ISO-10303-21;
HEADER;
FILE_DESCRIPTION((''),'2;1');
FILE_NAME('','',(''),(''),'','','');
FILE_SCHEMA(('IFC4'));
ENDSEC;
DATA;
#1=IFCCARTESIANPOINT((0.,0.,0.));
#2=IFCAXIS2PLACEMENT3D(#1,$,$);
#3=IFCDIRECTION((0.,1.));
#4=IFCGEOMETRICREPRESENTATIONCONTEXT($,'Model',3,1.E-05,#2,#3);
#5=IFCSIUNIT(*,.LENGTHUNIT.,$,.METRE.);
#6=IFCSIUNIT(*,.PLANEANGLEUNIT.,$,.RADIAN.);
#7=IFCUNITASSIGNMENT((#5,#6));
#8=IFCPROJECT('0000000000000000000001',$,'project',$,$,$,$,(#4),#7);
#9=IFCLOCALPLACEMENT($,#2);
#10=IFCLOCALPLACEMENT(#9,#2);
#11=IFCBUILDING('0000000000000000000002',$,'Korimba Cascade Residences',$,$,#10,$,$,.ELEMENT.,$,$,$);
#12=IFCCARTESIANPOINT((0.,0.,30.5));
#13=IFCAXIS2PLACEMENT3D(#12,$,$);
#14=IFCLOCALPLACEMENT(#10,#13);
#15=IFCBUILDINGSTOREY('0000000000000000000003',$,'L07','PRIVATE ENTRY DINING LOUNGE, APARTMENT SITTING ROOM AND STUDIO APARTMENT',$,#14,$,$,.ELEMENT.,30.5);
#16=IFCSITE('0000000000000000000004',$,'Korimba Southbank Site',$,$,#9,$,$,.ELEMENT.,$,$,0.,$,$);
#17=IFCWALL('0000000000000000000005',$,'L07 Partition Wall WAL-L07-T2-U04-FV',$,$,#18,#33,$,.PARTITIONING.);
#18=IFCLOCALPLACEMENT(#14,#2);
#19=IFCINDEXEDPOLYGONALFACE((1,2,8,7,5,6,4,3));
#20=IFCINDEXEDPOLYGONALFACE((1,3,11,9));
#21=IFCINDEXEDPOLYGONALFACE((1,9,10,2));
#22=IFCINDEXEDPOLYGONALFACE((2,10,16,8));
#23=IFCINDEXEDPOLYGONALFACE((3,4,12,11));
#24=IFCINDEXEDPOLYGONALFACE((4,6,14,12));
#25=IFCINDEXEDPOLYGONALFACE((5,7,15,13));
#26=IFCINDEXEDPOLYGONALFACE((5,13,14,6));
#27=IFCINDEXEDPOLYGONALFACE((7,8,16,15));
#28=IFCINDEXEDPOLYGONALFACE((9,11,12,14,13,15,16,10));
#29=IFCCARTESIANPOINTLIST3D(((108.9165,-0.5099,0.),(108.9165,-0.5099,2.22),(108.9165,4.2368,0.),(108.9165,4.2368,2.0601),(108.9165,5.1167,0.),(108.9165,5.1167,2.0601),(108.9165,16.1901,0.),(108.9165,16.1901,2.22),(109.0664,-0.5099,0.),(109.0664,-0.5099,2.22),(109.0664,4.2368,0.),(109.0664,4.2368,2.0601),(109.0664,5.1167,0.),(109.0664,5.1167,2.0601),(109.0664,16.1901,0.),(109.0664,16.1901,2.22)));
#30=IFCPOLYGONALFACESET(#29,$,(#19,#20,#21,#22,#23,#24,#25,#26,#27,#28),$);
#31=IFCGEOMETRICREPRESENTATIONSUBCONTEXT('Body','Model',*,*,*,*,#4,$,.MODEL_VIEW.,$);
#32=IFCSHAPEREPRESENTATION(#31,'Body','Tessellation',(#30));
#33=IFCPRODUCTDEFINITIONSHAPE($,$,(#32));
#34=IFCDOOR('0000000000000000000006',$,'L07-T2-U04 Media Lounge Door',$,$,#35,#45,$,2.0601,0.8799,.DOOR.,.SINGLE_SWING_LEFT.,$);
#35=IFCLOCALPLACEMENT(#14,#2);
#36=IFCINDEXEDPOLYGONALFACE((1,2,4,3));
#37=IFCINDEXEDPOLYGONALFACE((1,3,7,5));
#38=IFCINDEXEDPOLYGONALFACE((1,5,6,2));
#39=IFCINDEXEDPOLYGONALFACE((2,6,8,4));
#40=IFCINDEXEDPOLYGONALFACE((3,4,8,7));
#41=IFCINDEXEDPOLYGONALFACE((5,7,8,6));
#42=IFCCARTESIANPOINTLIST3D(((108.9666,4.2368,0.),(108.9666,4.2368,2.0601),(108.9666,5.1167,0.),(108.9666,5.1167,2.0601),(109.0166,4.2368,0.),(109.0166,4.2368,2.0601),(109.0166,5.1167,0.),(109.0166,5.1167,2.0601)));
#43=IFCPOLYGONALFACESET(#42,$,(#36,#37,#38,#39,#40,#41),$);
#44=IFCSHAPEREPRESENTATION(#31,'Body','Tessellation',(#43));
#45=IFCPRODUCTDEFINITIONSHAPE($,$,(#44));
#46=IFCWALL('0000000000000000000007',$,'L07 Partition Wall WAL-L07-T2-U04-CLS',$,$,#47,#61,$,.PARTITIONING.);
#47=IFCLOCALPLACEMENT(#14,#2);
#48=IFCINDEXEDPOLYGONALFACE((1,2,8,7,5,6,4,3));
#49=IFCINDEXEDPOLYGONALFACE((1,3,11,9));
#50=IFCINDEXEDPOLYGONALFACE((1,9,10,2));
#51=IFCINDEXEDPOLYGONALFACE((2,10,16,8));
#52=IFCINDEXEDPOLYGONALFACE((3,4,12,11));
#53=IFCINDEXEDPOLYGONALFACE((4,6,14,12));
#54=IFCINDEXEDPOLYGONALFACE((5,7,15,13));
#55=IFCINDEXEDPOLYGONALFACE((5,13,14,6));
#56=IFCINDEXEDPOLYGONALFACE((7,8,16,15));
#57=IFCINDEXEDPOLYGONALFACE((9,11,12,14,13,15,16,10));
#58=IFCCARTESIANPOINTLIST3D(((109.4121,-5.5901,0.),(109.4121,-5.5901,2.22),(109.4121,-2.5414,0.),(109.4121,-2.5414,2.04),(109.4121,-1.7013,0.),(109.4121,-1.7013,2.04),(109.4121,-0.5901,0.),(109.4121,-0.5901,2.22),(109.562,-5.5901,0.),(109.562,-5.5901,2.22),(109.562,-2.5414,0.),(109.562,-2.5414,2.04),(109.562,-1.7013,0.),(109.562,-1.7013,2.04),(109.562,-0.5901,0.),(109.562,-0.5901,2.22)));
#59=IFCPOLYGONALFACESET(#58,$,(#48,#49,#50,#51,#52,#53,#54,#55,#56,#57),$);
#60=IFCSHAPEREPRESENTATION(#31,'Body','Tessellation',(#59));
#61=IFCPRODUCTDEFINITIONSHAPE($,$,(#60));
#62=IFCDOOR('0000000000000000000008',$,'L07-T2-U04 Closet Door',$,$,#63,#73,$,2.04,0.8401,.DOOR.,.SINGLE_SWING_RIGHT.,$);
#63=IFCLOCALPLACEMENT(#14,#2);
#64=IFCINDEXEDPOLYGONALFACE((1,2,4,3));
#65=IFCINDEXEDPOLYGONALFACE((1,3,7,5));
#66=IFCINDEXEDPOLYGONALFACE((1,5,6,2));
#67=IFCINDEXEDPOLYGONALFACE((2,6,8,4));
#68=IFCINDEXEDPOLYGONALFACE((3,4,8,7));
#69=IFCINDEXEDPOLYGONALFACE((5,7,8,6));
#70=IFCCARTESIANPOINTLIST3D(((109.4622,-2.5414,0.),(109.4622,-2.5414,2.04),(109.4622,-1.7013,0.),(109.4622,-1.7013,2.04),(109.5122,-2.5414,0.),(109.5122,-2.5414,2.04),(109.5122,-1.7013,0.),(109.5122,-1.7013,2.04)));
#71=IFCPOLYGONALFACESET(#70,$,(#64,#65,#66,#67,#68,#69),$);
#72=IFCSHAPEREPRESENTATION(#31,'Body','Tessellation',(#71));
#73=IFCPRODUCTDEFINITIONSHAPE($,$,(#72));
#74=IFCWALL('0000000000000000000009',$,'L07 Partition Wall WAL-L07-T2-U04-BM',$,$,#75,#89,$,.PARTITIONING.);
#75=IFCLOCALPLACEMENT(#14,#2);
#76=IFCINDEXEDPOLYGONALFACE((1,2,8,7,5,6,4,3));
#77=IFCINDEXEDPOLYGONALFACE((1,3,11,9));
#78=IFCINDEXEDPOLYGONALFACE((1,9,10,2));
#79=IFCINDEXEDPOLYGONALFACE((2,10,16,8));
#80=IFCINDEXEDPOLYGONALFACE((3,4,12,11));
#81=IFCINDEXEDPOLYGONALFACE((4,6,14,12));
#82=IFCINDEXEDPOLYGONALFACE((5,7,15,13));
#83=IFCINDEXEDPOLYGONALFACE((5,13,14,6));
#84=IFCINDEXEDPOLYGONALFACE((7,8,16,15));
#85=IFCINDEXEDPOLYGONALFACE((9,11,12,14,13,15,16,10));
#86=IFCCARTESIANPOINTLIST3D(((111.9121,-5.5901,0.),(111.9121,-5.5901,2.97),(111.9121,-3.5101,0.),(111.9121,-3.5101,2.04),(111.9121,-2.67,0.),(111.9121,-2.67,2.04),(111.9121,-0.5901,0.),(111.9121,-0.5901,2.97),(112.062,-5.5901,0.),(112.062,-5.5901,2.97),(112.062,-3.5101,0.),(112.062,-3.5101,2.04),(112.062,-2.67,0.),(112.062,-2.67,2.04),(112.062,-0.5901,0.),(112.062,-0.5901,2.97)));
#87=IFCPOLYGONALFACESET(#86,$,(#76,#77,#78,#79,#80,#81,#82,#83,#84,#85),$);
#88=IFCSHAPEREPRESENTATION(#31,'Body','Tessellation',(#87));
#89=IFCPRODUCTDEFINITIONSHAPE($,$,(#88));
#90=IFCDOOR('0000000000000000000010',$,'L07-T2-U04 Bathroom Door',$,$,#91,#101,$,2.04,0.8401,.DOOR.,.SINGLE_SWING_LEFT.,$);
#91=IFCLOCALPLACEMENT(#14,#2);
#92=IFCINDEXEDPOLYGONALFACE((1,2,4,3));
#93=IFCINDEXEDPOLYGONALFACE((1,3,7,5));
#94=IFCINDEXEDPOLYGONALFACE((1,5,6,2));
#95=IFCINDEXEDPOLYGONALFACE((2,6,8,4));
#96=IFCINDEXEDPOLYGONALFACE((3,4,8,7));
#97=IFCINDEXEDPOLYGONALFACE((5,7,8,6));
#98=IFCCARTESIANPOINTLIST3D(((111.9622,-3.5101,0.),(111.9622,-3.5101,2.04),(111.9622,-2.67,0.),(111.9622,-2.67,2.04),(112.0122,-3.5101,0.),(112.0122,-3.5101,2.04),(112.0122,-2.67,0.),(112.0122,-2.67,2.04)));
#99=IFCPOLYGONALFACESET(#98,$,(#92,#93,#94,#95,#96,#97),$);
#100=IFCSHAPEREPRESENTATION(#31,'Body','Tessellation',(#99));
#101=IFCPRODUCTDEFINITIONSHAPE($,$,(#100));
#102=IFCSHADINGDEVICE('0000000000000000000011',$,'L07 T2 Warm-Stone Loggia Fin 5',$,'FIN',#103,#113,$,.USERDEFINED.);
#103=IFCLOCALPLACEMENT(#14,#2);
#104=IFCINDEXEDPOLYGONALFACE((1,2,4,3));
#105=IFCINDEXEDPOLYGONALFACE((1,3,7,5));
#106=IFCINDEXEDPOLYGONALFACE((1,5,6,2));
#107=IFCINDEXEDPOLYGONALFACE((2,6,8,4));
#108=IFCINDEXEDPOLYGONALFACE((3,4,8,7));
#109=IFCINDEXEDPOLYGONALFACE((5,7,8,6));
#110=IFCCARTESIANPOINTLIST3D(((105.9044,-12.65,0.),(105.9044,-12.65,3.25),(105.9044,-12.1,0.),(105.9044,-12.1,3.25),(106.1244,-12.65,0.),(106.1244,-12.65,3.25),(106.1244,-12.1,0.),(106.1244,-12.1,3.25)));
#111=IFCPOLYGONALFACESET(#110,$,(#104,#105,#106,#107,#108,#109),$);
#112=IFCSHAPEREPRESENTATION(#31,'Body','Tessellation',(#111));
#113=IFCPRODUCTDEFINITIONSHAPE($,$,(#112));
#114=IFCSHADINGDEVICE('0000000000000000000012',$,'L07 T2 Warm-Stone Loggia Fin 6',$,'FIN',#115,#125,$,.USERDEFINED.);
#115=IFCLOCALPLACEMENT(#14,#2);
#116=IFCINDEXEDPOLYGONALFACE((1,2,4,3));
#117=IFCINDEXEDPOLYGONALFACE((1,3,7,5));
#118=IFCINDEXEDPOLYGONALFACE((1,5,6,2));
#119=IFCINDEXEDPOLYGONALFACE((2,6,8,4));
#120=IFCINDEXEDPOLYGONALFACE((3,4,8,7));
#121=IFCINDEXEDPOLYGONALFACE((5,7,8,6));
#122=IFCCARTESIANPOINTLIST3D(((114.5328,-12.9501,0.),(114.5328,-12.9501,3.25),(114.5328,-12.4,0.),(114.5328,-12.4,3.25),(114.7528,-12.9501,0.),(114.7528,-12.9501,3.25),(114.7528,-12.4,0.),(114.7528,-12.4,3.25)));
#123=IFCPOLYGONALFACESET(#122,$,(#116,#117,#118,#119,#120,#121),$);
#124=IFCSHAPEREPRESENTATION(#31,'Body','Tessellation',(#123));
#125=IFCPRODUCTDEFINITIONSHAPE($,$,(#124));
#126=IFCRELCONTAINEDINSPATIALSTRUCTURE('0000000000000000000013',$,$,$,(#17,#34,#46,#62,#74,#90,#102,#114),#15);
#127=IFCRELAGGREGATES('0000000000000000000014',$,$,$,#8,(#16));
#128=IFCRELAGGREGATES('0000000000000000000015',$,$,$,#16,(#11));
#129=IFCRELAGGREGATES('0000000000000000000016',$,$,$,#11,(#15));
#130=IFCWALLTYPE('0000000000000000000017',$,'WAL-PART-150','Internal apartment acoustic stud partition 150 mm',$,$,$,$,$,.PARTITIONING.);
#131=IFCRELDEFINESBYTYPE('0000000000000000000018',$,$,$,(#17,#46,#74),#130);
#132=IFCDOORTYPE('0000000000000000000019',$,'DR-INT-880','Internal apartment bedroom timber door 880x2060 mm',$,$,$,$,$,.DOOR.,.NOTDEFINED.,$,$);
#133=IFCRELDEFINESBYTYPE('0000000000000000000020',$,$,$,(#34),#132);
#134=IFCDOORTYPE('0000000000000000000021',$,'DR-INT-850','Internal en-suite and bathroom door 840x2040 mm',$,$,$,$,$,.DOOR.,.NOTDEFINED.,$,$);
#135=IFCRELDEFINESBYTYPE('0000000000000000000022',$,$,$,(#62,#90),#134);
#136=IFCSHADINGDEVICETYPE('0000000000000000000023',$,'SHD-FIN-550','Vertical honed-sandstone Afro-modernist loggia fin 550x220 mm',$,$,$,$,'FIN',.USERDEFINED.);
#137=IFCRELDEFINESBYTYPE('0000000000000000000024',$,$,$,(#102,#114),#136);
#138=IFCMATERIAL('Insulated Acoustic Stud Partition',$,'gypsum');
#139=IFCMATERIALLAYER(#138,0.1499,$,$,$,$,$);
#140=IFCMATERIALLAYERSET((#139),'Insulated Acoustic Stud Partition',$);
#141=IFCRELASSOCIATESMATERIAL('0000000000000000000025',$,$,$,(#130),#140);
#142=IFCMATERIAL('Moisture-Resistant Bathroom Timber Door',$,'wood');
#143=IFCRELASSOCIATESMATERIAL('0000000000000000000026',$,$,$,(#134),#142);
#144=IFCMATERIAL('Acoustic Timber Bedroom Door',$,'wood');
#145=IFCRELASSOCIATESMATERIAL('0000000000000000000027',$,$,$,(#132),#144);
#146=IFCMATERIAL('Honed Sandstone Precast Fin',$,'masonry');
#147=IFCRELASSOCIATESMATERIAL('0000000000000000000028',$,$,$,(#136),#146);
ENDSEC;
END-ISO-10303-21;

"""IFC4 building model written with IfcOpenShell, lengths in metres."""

from ifc_helpers import new_model, si_unit, direction, frame, frame_2d, origin, origin_2d, place, context, subcontext, project, spatial, rectangle, extrude, material, layer, layer_set, type_object, element, fill, save


model = new_model("IFC4")

# Units and contexts
model_context = context("Model", 3, precision=1e-05, world=origin(), true_north=direction((0.0, 1.0)))
body_context = subcontext(model_context, "Body", "Model", "MODEL_VIEW")
ifc_project = project(units=[si_unit("LENGTHUNIT", "METRE"), si_unit("PLANEANGLEUNIT", "RADIAN")], contexts=[model_context])

# Site, building, storey
site_placement = place(None, origin())
site = spatial("IfcSite", under=ifc_project, at=site_placement, Name="Korimba Southbank Site", CompositionType="ELEMENT", RefElevation=0.0)
building_placement = place(site_placement, origin())
building = spatial("IfcBuilding", under=site, at=building_placement, Name="Korimba Cascade Residences", CompositionType="ELEMENT")
storey_placement = place(building_placement, frame((0.0, 0.0, 30.5)))
storey = spatial("IfcBuildingStorey", under=building, at=storey_placement, Name="L07", Description="PRIVATE ENTRY DINING LOUNGE, APARTMENT SITTING ROOM AND STUDIO APARTMENT", CompositionType="ELEMENT", Elevation=30.5)

# Walls, openings, doors
ifc_material_1 = material(Name="Insulated Acoustic Stud Partition", Category="gypsum")
ifc_layer = layer(ifc_material_1, 0.1499)
ifc_layer_set = layer_set([ifc_layer], Name="Insulated Acoustic Stud Partition")
wall_type = type_object("IfcWallType", Name="WAL-PART-150", Description="Internal apartment acoustic stud partition 150 mm", PredefinedType="PARTITIONING", material=ifc_layer_set)
ifc_material_2 = material(Name="Moisture-Resistant Bathroom Timber Door", Category="wood")
door_type_1 = type_object("IfcDoorType", Name="DR-INT-850", Description="Internal en-suite and bathroom door 840x2040 mm", OperationType="NOTDEFINED", PredefinedType="DOOR", material=ifc_material_2)
wall_1_placement = place(storey_placement, frame((108.9915, -0.51, 0.0), z_axis=(0.0, 0.0, 1.0), x_axis=(0.0, 1.0, 0.0)))
wall_1 = element("IfcWall", 1, at=wall_1_placement, inside=storey, type_object=wall_type, Name="L07 Partition Wall WAL-L07-T2-U04-FV", PredefinedType="PARTITIONING", context=body_context, shape_type="SweptSolid", body=[
    extrude(rectangle(XDim=16.7, YDim=0.1499, at=frame_2d((8.3501, 0.0))), origin(), (0.0, 0.0, 1.0), 2.22),
])
opening_1_placement = place(wall_1_placement, frame((4.7468, 0.0, 0.0)))
opening_1 = element("IfcOpeningElement", 2, at=opening_1_placement, cuts=wall_1, PredefinedType="OPENING", context=body_context, shape_type="SweptSolid", body=[
    extrude(rectangle(XDim=0.8799, YDim=2.0601, at=frame_2d((0.4399, 1.03))), frame((0.0, 0.085, 0.0), z_axis=(0.0, -1.0, 0.0), x_axis=(1.0, 0.0, 0.0)), (0.0, 0.0, 1.0), 0.1699),
])
ifc_material_3 = material(Name="Acoustic Timber Bedroom Door", Category="wood")
door_type_2 = type_object("IfcDoorType", Name="DR-INT-880", Description="Internal apartment bedroom timber door 880x2060 mm", OperationType="NOTDEFINED", PredefinedType="DOOR", material=ifc_material_3)
door_1_placement = place(opening_1_placement, origin())
door_1 = element("IfcDoor", 3, at=door_1_placement, inside=storey, type_object=door_type_2, Name="L07-T2-U04 Media Lounge Door", OperationType="SINGLE_SWING_LEFT", OverallHeight=2.0601, OverallWidth=0.8799, PredefinedType="DOOR", context=body_context, shape_type="SweptSolid", body=[
    extrude(rectangle(XDim=0.8799, YDim=2.0601, at=frame_2d((0.4399, 1.03))), frame((0.0, 0.0249, 0.0), z_axis=(0.0, -1.0, 0.0), x_axis=(1.0, 0.0, 0.0)), (0.0, 0.0, 1.0), 0.05),
])
fill(opening_1, door_1)
wall_2_placement = place(storey_placement, frame((109.4871, -5.5901, 0.0), z_axis=(0.0, 0.0, 1.0), x_axis=(0.0, 1.0, 0.0)))
wall_2 = element("IfcWall", 4, at=wall_2_placement, inside=storey, type_object=wall_type, Name="L07 Partition Wall WAL-L07-T2-U04-CLS", PredefinedType="PARTITIONING", context=body_context, shape_type="SweptSolid", body=[
    extrude(rectangle(XDim=5.0, YDim=0.1499, at=frame_2d((2.5, 0.0))), origin(), (0.0, 0.0, 1.0), 2.22),
])
opening_2_placement = place(wall_2_placement, frame((3.0488, 0.0, 0.0)))
opening_2 = element("IfcOpeningElement", 5, at=opening_2_placement, cuts=wall_2, PredefinedType="OPENING", context=body_context, shape_type="SweptSolid", body=[
    extrude(rectangle(XDim=0.8401, YDim=2.04, at=frame_2d((0.4199, 1.02))), frame((0.0, 0.085, 0.0), z_axis=(0.0, -1.0, 0.0), x_axis=(1.0, 0.0, 0.0)), (0.0, 0.0, 1.0), 0.1699),
])
door_2_placement = place(opening_2_placement, origin())
door_2 = element("IfcDoor", 6, at=door_2_placement, inside=storey, type_object=door_type_1, Name="L07-T2-U04 Closet Door", OperationType="SINGLE_SWING_RIGHT", OverallHeight=2.04, OverallWidth=0.8401, PredefinedType="DOOR", context=body_context, shape_type="SweptSolid", body=[
    extrude(rectangle(XDim=0.8401, YDim=2.04, at=frame_2d((0.4199, 1.02))), frame((0.0, 0.0249, 0.0), z_axis=(0.0, -1.0, 0.0), x_axis=(1.0, 0.0, 0.0)), (0.0, 0.0, 1.0), 0.05),
])
fill(opening_2, door_2)
wall_3_placement = place(storey_placement, frame((111.9871, -5.5901, 0.0), z_axis=(0.0, 0.0, 1.0), x_axis=(0.0, 1.0, 0.0)))
wall_3 = element("IfcWall", 7, at=wall_3_placement, inside=storey, type_object=wall_type, Name="L07 Partition Wall WAL-L07-T2-U04-BM", PredefinedType="PARTITIONING", context=body_context, shape_type="SweptSolid", body=[
    extrude(rectangle(XDim=5.0, YDim=0.1499, at=frame_2d((2.5, 0.0))), origin(), (0.0, 0.0, 1.0), 2.97),
])
opening_3_placement = place(wall_3_placement, frame((2.0801, 0.0, 0.0)))
opening_3 = element("IfcOpeningElement", 8, at=opening_3_placement, cuts=wall_3, PredefinedType="OPENING", context=body_context, shape_type="SweptSolid", body=[
    extrude(rectangle(XDim=0.8401, YDim=2.04, at=frame_2d((0.4199, 1.02))), frame((0.0, 0.085, 0.0), z_axis=(0.0, -1.0, 0.0), x_axis=(1.0, 0.0, 0.0)), (0.0, 0.0, 1.0), 0.1699),
])
door_3_placement = place(opening_3_placement, origin())
door_3 = element("IfcDoor", 9, at=door_3_placement, inside=storey, type_object=door_type_1, Name="L07-T2-U04 Bathroom Door", OperationType="SINGLE_SWING_LEFT", OverallHeight=2.04, OverallWidth=0.8401, PredefinedType="DOOR", context=body_context, shape_type="SweptSolid", body=[
    extrude(rectangle(XDim=0.8401, YDim=2.04, at=frame_2d((0.4199, 1.02))), frame((0.0, 0.0249, 0.0), z_axis=(0.0, -1.0, 0.0), x_axis=(1.0, 0.0, 0.0)), (0.0, 0.0, 1.0), 0.05),
])
fill(opening_3, door_3)

# Shading devices
ifc_material_4 = material(Name="Honed Sandstone Precast Fin", Category="masonry")
shading_device_type = type_object("IfcShadingDeviceType", Name="SHD-FIN-550", Description="Vertical honed-sandstone Afro-modernist loggia fin 550x220 mm", ElementType="FIN", PredefinedType="USERDEFINED", material=ifc_material_4)
for number, where, z_axis, x_axis, name in (
    (10, (106.0144, -12.375, 0.0), (0.0, 0.0, 1.0), (1.0, 0.0, 0.0), "L07 T2 Warm-Stone Loggia Fin 5"),
    (11, (114.6428, -12.675, 0.0), (0.0, 0.0, 1.0), (1.0, 0.0, 0.0), "L07 T2 Warm-Stone Loggia Fin 6"),
):
    element("IfcShadingDevice", number, at=place(storey_placement, frame(where, z_axis=z_axis, x_axis=x_axis)), inside=storey, type_object=shading_device_type, Name=name, ObjectType="FIN", PredefinedType="USERDEFINED", context=body_context, shape_type="SweptSolid", body=[
        extrude(rectangle(XDim=0.22, YDim=0.55, at=origin_2d()), origin(), (0.0, 0.0, 1.0), 3.25),
    ])

save(model, "model.ifc")
